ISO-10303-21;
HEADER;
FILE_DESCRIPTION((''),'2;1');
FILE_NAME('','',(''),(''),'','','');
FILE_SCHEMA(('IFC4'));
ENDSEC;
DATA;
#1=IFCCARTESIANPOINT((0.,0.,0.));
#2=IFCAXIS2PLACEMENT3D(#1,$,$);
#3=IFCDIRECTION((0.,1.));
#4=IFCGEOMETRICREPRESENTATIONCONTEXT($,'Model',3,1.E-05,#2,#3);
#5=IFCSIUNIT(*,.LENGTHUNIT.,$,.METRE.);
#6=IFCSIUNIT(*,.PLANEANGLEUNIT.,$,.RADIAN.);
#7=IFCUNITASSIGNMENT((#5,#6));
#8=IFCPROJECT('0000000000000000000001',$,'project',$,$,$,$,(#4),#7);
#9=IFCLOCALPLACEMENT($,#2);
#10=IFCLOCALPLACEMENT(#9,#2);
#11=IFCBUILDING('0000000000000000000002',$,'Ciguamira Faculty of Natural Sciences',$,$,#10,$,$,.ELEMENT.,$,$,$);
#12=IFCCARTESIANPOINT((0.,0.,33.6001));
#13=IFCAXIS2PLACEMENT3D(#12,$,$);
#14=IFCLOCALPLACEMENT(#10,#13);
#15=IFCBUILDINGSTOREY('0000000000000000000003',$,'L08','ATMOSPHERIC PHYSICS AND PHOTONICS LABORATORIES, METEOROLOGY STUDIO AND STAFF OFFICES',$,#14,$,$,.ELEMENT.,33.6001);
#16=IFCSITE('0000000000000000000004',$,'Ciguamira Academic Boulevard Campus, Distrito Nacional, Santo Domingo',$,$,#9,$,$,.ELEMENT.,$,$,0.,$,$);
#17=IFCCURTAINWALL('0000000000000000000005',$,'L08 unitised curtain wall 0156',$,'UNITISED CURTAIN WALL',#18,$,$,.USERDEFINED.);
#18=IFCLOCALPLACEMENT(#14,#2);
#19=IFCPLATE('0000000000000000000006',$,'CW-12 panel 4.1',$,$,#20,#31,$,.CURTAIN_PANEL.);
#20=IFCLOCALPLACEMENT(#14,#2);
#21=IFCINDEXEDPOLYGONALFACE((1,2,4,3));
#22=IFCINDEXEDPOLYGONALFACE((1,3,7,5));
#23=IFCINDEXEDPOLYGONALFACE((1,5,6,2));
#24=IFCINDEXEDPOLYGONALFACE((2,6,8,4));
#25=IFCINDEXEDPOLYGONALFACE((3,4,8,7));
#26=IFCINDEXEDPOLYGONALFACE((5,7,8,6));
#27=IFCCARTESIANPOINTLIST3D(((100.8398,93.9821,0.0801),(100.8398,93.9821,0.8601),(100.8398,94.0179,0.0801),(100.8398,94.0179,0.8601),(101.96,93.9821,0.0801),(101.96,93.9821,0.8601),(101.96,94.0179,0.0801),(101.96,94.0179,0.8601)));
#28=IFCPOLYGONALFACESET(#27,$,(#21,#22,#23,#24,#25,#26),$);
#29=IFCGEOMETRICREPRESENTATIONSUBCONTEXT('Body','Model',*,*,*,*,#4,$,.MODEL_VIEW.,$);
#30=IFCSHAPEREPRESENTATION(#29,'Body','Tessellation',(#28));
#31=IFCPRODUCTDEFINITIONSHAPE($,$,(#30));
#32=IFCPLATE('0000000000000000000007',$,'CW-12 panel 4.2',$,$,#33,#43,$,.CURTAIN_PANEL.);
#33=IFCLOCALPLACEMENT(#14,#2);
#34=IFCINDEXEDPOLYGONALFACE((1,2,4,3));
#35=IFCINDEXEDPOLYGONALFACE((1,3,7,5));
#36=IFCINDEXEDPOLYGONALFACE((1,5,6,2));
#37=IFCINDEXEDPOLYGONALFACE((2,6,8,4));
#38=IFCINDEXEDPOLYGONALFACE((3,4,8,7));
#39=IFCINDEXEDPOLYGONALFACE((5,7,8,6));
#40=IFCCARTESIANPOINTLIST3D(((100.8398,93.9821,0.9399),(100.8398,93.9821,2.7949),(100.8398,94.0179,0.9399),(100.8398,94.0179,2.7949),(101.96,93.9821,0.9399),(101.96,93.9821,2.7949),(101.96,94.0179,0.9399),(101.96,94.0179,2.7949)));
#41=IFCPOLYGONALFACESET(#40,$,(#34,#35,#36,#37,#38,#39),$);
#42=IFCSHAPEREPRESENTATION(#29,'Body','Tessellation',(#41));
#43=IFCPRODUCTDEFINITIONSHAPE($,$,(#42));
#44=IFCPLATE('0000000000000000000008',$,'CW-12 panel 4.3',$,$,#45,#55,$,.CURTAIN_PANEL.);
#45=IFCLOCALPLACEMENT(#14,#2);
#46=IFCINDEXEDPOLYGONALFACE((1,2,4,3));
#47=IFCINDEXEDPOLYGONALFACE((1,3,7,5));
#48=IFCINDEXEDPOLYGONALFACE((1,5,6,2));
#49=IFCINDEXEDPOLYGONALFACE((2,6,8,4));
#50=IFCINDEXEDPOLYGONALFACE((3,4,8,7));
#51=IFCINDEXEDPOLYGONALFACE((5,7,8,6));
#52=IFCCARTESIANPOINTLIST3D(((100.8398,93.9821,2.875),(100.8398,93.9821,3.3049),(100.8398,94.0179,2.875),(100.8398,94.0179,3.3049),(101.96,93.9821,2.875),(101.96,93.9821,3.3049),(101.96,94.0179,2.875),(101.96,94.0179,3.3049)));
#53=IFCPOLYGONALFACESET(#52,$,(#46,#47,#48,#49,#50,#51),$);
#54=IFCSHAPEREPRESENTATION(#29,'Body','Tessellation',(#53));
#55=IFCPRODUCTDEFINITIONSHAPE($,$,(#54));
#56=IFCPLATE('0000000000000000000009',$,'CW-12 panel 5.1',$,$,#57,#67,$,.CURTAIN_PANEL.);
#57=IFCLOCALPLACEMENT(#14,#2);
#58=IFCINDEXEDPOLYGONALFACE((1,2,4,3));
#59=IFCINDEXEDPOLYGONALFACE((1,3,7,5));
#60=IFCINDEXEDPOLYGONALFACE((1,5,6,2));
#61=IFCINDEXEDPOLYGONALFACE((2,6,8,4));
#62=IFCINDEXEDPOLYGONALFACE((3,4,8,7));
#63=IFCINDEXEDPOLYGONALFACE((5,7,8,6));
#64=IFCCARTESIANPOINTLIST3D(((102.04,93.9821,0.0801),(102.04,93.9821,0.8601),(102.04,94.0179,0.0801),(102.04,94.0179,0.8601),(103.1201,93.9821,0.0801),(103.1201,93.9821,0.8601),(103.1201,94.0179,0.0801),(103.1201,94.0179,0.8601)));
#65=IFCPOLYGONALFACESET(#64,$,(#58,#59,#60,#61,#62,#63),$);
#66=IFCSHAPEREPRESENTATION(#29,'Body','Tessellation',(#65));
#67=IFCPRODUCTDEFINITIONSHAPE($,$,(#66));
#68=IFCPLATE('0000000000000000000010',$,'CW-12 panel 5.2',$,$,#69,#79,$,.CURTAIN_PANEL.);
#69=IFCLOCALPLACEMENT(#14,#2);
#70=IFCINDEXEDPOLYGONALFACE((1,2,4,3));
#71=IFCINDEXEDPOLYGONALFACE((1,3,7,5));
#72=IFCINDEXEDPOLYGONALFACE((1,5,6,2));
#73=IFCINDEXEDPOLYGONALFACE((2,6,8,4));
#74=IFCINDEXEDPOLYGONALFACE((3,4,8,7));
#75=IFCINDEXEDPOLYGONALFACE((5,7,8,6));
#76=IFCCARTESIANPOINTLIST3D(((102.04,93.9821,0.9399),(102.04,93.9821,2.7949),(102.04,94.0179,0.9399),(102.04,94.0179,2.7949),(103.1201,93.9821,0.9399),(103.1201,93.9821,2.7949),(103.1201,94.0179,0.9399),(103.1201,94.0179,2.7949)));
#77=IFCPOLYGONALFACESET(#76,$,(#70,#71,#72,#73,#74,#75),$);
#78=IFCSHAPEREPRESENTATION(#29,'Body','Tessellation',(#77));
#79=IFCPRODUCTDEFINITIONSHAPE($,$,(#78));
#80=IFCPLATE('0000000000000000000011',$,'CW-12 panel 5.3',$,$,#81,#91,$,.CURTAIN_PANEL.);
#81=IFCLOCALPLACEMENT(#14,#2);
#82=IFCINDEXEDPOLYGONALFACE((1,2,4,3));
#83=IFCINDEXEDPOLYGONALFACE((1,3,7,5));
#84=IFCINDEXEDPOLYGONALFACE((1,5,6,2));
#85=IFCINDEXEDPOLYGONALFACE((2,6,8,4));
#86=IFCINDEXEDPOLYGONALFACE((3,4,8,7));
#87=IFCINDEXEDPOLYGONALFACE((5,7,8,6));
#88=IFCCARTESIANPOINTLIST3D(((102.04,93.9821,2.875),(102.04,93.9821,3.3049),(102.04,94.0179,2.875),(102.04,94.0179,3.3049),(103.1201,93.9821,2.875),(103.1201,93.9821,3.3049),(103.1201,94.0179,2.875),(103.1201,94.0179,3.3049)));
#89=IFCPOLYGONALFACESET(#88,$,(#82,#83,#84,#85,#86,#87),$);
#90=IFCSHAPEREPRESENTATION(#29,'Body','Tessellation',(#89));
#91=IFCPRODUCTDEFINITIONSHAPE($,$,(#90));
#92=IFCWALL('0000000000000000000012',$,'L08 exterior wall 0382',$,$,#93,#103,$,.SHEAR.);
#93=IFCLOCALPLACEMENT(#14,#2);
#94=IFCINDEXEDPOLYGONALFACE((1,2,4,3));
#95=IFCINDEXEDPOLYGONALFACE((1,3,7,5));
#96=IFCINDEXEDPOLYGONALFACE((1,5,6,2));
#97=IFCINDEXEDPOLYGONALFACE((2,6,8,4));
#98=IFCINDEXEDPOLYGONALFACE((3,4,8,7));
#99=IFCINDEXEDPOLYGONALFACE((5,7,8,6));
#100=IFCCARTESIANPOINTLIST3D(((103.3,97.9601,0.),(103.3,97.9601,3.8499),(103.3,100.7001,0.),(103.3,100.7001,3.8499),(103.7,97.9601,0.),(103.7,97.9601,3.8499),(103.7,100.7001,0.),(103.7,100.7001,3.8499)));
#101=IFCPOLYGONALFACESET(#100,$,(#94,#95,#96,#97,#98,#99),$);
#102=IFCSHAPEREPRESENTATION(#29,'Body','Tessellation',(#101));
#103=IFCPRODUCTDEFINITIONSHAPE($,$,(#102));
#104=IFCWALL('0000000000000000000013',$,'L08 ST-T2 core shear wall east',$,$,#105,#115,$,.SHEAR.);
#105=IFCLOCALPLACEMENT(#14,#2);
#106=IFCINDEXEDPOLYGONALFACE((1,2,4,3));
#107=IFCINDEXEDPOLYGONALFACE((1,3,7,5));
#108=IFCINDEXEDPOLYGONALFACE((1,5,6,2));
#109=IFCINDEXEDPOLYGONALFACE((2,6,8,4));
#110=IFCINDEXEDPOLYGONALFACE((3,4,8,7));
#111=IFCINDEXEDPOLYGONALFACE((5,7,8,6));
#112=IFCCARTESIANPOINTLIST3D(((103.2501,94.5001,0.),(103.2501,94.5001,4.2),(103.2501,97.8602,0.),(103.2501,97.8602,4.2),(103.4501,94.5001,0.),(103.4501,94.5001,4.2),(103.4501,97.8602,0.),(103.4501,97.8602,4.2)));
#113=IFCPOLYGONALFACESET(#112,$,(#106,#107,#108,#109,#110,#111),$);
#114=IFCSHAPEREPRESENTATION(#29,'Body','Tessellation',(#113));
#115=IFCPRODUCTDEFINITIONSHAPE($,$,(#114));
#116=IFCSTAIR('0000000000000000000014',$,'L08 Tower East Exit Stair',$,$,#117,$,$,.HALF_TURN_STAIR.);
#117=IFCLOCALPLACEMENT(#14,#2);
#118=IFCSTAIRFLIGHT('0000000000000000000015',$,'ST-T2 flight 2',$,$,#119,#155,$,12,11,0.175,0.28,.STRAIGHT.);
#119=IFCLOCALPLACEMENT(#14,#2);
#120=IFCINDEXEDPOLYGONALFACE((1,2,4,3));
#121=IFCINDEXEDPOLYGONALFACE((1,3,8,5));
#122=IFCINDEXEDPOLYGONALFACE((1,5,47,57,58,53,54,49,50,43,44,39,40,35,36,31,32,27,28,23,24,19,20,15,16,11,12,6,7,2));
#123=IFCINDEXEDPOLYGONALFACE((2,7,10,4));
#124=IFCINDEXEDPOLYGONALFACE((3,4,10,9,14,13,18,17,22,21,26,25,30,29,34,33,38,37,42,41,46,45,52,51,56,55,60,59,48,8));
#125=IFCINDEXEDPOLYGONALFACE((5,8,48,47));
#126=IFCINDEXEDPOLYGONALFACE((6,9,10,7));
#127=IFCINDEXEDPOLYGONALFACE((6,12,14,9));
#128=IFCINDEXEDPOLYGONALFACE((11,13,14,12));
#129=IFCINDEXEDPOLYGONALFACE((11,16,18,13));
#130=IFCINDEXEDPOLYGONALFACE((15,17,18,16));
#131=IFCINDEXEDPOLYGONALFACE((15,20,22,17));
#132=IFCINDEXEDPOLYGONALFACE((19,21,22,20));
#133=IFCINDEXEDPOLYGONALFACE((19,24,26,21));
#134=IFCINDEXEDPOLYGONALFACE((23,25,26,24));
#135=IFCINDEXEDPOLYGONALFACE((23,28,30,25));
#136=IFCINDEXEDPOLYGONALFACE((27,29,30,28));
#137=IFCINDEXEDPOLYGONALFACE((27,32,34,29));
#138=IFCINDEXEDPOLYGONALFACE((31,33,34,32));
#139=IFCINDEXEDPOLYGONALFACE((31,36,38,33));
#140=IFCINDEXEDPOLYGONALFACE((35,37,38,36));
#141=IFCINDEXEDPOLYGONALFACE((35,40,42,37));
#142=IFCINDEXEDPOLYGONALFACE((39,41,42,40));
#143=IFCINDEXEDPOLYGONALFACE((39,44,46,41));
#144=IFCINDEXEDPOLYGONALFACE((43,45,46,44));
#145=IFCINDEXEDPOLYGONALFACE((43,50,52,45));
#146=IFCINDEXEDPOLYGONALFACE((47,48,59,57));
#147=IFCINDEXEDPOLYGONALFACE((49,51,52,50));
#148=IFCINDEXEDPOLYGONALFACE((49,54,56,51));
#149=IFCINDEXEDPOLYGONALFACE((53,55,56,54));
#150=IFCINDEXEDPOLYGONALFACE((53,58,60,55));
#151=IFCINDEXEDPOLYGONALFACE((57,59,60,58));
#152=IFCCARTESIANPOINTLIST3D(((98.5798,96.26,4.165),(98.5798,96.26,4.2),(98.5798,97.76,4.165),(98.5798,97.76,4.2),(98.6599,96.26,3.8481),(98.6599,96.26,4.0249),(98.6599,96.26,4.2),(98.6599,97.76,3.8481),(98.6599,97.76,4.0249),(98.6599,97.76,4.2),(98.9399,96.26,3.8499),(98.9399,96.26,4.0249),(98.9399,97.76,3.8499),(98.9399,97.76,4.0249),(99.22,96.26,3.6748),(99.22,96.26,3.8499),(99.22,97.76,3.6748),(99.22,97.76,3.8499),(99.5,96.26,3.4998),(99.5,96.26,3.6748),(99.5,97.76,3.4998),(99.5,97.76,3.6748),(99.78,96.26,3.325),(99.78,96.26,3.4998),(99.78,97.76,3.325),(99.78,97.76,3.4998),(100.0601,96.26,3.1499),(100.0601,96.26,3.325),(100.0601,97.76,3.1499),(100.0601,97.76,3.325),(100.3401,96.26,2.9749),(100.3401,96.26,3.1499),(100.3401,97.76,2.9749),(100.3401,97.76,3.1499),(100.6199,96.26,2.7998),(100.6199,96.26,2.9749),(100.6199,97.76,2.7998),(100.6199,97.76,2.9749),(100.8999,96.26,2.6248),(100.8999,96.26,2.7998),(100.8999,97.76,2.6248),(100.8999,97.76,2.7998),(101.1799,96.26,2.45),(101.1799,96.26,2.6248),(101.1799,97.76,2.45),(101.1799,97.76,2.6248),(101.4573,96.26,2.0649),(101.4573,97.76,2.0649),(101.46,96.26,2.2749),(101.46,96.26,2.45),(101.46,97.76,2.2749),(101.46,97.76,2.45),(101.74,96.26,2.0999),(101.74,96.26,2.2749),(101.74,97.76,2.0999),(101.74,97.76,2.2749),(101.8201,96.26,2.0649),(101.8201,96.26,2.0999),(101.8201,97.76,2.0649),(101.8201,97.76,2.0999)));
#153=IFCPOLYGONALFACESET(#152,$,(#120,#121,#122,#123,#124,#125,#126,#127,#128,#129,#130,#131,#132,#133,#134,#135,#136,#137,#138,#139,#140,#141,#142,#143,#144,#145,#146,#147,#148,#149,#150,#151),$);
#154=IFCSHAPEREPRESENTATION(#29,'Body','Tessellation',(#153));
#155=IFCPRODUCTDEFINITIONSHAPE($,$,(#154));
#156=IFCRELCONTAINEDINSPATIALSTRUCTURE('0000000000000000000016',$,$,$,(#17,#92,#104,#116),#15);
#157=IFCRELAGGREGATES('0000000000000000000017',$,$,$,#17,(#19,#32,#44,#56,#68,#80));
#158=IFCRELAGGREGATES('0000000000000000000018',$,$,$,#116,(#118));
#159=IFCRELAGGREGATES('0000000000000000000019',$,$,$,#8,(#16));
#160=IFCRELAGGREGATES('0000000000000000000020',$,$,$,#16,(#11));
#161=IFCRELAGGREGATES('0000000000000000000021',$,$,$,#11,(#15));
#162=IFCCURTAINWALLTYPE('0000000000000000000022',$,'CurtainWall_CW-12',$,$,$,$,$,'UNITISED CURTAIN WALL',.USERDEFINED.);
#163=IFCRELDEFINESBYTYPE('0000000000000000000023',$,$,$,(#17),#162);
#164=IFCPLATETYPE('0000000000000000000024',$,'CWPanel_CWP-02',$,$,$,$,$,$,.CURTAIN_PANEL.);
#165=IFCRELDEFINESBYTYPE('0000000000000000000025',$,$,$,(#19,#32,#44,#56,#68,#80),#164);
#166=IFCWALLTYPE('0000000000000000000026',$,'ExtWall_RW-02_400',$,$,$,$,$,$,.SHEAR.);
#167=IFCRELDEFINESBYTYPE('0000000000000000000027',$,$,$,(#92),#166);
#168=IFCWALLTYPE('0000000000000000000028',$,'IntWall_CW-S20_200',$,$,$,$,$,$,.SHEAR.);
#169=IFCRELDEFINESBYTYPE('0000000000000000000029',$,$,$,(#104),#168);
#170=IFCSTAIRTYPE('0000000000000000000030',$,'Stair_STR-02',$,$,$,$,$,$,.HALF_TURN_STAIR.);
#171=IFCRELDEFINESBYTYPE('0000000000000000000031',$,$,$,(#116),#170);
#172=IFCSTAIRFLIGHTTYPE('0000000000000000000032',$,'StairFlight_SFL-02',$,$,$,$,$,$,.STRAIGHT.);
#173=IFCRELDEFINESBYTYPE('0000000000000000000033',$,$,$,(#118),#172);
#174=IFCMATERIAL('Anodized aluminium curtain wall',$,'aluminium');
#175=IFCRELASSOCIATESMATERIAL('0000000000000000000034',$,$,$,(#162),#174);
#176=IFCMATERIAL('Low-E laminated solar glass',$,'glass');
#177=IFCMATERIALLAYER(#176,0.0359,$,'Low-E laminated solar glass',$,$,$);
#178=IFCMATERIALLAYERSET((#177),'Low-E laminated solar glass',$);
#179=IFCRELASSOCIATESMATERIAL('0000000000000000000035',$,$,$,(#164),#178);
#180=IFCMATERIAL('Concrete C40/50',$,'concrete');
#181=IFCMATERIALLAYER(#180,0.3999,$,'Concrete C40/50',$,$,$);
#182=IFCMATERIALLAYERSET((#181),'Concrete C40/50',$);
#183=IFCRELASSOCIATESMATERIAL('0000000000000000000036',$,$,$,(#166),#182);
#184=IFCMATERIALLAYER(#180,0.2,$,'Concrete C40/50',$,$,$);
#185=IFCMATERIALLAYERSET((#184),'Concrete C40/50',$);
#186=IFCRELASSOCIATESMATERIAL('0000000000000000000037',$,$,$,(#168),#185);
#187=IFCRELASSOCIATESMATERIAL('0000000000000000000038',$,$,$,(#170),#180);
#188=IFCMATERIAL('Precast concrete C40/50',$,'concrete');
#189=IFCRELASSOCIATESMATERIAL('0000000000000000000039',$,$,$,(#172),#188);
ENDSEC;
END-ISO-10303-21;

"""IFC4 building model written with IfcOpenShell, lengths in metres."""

from ifc_helpers import new_model, si_unit, direction, frame, frame_2d, origin, origin_2d, place, context, subcontext, project, spatial, polyline, rectangle, outline, extrude, material, layer, layer_set, type_object, element, aggregate, save


model = new_model("IFC4")

# Units and contexts
model_context = context("Model", 3, precision=1e-05, world=origin(), true_north=direction((0.0, 1.0)))
body_context = subcontext(model_context, "Body", "Model", "MODEL_VIEW")
ifc_project = project(units=[si_unit("LENGTHUNIT", "METRE"), si_unit("PLANEANGLEUNIT", "RADIAN")], contexts=[model_context])

# Site, building, storey
site_placement = place(None, origin())
site = spatial("IfcSite", under=ifc_project, at=site_placement, Name="Ciguamira Academic Boulevard Campus, Distrito Nacional, Santo Domingo", CompositionType="ELEMENT", RefElevation=0.0)
building_placement = place(site_placement, origin())
building = spatial("IfcBuilding", under=site, at=building_placement, Name="Ciguamira Faculty of Natural Sciences", CompositionType="ELEMENT")
storey_placement = place(building_placement, frame((0.0, 0.0, 33.6001)))
storey = spatial("IfcBuildingStorey", under=building, at=storey_placement, Name="L08", Description="ATMOSPHERIC PHYSICS AND PHOTONICS LABORATORIES, METEOROLOGY STUDIO AND STAFF OFFICES", CompositionType="ELEMENT", Elevation=33.6001)

# Shared definitions
ifc_material_1 = material(Name="Concrete C40/50", Category="concrete")

# Curtain wall, plates
ifc_material_2 = material(Name="Anodized aluminium curtain wall", Category="aluminium")
curtain_wall_type = type_object("IfcCurtainWallType", Name="CurtainWall_CW-12", ElementType="UNITISED CURTAIN WALL", PredefinedType="USERDEFINED", material=ifc_material_2)
curtain_wall_placement = place(storey_placement, origin())
curtain_wall = element("IfcCurtainWall", 1, at=curtain_wall_placement, inside=storey, type_object=curtain_wall_type, Name="L08 unitised curtain wall 0156", ObjectType="UNITISED CURTAIN WALL", PredefinedType="USERDEFINED")
ifc_material_3 = material(Name="Low-E laminated solar glass", Category="glass")
ifc_layer_1 = layer(ifc_material_3, 0.0359, Name="Low-E laminated solar glass")
ifc_layer_set_1 = layer_set([ifc_layer_1], Name="Low-E laminated solar glass")
plate_type = type_object("IfcPlateType", Name="CWPanel_CWP-02", PredefinedType="CURTAIN_PANEL", material=ifc_layer_set_1)
plate_1_placement = place(storey_placement, frame((101.3999, 94.0, 0.0801), z_axis=(0.0, 0.0, 1.0), x_axis=(1.0, 0.0, 0.0)))
plate_1 = element("IfcPlate", 2, at=plate_1_placement, type_object=plate_type, Name="CW-12 panel 4.1", PredefinedType="CURTAIN_PANEL", context=body_context, shape_type="SweptSolid", body=[
    extrude(rectangle(XDim=1.1201, YDim=0.0359, at=origin_2d()), origin(), (0.0, 0.0, 1.0), 0.78),
])
plate_2_placement = place(storey_placement, frame((101.3999, 94.0, 0.9399), z_axis=(0.0, 0.0, 1.0), x_axis=(1.0, 0.0, 0.0)))
plate_2 = element("IfcPlate", 3, at=plate_2_placement, type_object=plate_type, Name="CW-12 panel 4.2", PredefinedType="CURTAIN_PANEL", context=body_context, shape_type="SweptSolid", body=[
    extrude(rectangle(XDim=1.1201, YDim=0.0359, at=origin_2d()), origin(), (0.0, 0.0, 1.0), 1.855),
])
plate_3_placement = place(storey_placement, frame((101.3999, 94.0, 2.875), z_axis=(0.0, 0.0, 1.0), x_axis=(1.0, 0.0, 0.0)))
plate_3 = element("IfcPlate", 4, at=plate_3_placement, type_object=plate_type, Name="CW-12 panel 4.3", PredefinedType="CURTAIN_PANEL", context=body_context, shape_type="SweptSolid", body=[
    extrude(rectangle(XDim=1.1201, YDim=0.0359, at=origin_2d()), origin(), (0.0, 0.0, 1.0), 0.4299),
])
plate_4_placement = place(storey_placement, frame((102.5801, 94.0, 0.0801), z_axis=(0.0, 0.0, 1.0), x_axis=(1.0, 0.0, 0.0)))
plate_4 = element("IfcPlate", 5, at=plate_4_placement, type_object=plate_type, Name="CW-12 panel 5.1", PredefinedType="CURTAIN_PANEL", context=body_context, shape_type="SweptSolid", body=[
    extrude(rectangle(XDim=1.0801, YDim=0.0359, at=origin_2d()), origin(), (0.0, 0.0, 1.0), 0.78),
])
plate_5_placement = place(storey_placement, frame((102.5801, 94.0, 0.9399), z_axis=(0.0, 0.0, 1.0), x_axis=(1.0, 0.0, 0.0)))
plate_5 = element("IfcPlate", 6, at=plate_5_placement, type_object=plate_type, Name="CW-12 panel 5.2", PredefinedType="CURTAIN_PANEL", context=body_context, shape_type="SweptSolid", body=[
    extrude(rectangle(XDim=1.0801, YDim=0.0359, at=origin_2d()), origin(), (0.0, 0.0, 1.0), 1.855),
])
plate_6_placement = place(storey_placement, frame((102.5801, 94.0, 2.875), z_axis=(0.0, 0.0, 1.0), x_axis=(1.0, 0.0, 0.0)))
plate_6 = element("IfcPlate", 7, at=plate_6_placement, type_object=plate_type, Name="CW-12 panel 5.3", PredefinedType="CURTAIN_PANEL", context=body_context, shape_type="SweptSolid", body=[
    extrude(rectangle(XDim=1.0801, YDim=0.0359, at=origin_2d()), origin(), (0.0, 0.0, 1.0), 0.4299),
])
aggregate(curtain_wall, [plate_1, plate_2, plate_3, plate_4, plate_5, plate_6])

# Walls
ifc_layer_2 = layer(ifc_material_1, 0.3999, Name="Concrete C40/50")
ifc_layer_set_2 = layer_set([ifc_layer_2], Name="Concrete C40/50")
wall_type_1 = type_object("IfcWallType", Name="ExtWall_RW-02_400", PredefinedType="SHEAR", material=ifc_layer_set_2)
wall_1_placement = place(storey_placement, frame((103.5, 97.96, 0.0), z_axis=(0.0, 0.0, 1.0), x_axis=(0.0, 1.0, 0.0)))
element("IfcWall", 8, at=wall_1_placement, inside=storey, type_object=wall_type_1, Name="L08 exterior wall 0382", PredefinedType="SHEAR", context=body_context, shape_type="SweptSolid", body=[
    extrude(rectangle(XDim=2.74, YDim=0.3999, at=frame_2d((1.3701, 0.0))), origin(), (0.0, 0.0, 1.0), 3.8499),
])
ifc_layer_3 = layer(ifc_material_1, 0.2, Name="Concrete C40/50")
ifc_layer_set_3 = layer_set([ifc_layer_3], Name="Concrete C40/50")
wall_type_2 = type_object("IfcWallType", Name="IntWall_CW-S20_200", PredefinedType="SHEAR", material=ifc_layer_set_3)
wall_2_placement = place(storey_placement, frame((103.3501, 94.5, 0.0), z_axis=(0.0, 0.0, 1.0), x_axis=(0.0, 1.0, 0.0)))
element("IfcWall", 9, at=wall_2_placement, inside=storey, type_object=wall_type_2, Name="L08 ST-T2 core shear wall east", PredefinedType="SHEAR", context=body_context, shape_type="SweptSolid", body=[
    extrude(rectangle(XDim=3.3601, YDim=0.2, at=frame_2d((1.6802, 0.0))), origin(), (0.0, 0.0, 1.0), 4.2),
])

# Stair, stair flight
stair_type = type_object("IfcStairType", Name="Stair_STR-02", PredefinedType="HALF_TURN_STAIR", material=ifc_material_1)
stair_placement = place(storey_placement, origin())
stair = element("IfcStair", 10, at=stair_placement, inside=storey, type_object=stair_type, Name="L08 Tower East Exit Stair", PredefinedType="HALF_TURN_STAIR")
ifc_material_4 = material(Name="Precast concrete C40/50", Category="concrete")
stair_flight_type = type_object("IfcStairFlightType", Name="StairFlight_SFL-02", PredefinedType="STRAIGHT", material=ifc_material_4)
stair_flight_placement = place(storey_placement, frame((101.74, 97.01, 2.0999), z_axis=(0.0, 0.0, 1.0), x_axis=(-1.0, 0.0, 0.0)))
stair_flight = element("IfcStairFlight", 11, at=stair_flight_placement, type_object=stair_flight_type, Name="ST-T2 flight 2", NumberOfRisers=12, NumberOfTreads=11, PredefinedType="STRAIGHT", RiserHeight=0.175, TreadLength=0.28, context=body_context, shape_type="SweptSolid", body=[
    extrude(outline(polyline([(-0.0801, -0.0349), (-0.0801, 0.0), (0.0, 0.0), (0.0, 0.175), (0.28, 0.175), (0.28, 0.3501), (0.5601, 0.3501), (0.5601, 0.5249), (0.8401, 0.5249), (0.8401, 0.7), (1.1201, 0.7), (1.1201, 0.875), (1.3999, 0.875), (1.3999, 1.05), (1.6799, 1.05), (1.6799, 1.2251), (1.96, 1.2251), (1.96, 1.3999), (2.24, 1.3999), (2.24, 1.575), (2.52, 1.575), (2.52, 1.75), (2.8, 1.75), (2.8, 1.925), (3.0801, 1.925), (3.0801, 2.1001), (3.1602, 2.1001), (3.1602, 2.0652), (3.0801, 1.7483), (0.2827, -0.0349), (-0.0801, -0.0349)])), frame((0.0, 0.75, 0.0), z_axis=(0.0, -1.0, 0.0), x_axis=(1.0, 0.0, 0.0)), (0.0, 0.0, 1.0), 1.5),
])
aggregate(stair, [stair_flight])

save(model, "model.ifc")
